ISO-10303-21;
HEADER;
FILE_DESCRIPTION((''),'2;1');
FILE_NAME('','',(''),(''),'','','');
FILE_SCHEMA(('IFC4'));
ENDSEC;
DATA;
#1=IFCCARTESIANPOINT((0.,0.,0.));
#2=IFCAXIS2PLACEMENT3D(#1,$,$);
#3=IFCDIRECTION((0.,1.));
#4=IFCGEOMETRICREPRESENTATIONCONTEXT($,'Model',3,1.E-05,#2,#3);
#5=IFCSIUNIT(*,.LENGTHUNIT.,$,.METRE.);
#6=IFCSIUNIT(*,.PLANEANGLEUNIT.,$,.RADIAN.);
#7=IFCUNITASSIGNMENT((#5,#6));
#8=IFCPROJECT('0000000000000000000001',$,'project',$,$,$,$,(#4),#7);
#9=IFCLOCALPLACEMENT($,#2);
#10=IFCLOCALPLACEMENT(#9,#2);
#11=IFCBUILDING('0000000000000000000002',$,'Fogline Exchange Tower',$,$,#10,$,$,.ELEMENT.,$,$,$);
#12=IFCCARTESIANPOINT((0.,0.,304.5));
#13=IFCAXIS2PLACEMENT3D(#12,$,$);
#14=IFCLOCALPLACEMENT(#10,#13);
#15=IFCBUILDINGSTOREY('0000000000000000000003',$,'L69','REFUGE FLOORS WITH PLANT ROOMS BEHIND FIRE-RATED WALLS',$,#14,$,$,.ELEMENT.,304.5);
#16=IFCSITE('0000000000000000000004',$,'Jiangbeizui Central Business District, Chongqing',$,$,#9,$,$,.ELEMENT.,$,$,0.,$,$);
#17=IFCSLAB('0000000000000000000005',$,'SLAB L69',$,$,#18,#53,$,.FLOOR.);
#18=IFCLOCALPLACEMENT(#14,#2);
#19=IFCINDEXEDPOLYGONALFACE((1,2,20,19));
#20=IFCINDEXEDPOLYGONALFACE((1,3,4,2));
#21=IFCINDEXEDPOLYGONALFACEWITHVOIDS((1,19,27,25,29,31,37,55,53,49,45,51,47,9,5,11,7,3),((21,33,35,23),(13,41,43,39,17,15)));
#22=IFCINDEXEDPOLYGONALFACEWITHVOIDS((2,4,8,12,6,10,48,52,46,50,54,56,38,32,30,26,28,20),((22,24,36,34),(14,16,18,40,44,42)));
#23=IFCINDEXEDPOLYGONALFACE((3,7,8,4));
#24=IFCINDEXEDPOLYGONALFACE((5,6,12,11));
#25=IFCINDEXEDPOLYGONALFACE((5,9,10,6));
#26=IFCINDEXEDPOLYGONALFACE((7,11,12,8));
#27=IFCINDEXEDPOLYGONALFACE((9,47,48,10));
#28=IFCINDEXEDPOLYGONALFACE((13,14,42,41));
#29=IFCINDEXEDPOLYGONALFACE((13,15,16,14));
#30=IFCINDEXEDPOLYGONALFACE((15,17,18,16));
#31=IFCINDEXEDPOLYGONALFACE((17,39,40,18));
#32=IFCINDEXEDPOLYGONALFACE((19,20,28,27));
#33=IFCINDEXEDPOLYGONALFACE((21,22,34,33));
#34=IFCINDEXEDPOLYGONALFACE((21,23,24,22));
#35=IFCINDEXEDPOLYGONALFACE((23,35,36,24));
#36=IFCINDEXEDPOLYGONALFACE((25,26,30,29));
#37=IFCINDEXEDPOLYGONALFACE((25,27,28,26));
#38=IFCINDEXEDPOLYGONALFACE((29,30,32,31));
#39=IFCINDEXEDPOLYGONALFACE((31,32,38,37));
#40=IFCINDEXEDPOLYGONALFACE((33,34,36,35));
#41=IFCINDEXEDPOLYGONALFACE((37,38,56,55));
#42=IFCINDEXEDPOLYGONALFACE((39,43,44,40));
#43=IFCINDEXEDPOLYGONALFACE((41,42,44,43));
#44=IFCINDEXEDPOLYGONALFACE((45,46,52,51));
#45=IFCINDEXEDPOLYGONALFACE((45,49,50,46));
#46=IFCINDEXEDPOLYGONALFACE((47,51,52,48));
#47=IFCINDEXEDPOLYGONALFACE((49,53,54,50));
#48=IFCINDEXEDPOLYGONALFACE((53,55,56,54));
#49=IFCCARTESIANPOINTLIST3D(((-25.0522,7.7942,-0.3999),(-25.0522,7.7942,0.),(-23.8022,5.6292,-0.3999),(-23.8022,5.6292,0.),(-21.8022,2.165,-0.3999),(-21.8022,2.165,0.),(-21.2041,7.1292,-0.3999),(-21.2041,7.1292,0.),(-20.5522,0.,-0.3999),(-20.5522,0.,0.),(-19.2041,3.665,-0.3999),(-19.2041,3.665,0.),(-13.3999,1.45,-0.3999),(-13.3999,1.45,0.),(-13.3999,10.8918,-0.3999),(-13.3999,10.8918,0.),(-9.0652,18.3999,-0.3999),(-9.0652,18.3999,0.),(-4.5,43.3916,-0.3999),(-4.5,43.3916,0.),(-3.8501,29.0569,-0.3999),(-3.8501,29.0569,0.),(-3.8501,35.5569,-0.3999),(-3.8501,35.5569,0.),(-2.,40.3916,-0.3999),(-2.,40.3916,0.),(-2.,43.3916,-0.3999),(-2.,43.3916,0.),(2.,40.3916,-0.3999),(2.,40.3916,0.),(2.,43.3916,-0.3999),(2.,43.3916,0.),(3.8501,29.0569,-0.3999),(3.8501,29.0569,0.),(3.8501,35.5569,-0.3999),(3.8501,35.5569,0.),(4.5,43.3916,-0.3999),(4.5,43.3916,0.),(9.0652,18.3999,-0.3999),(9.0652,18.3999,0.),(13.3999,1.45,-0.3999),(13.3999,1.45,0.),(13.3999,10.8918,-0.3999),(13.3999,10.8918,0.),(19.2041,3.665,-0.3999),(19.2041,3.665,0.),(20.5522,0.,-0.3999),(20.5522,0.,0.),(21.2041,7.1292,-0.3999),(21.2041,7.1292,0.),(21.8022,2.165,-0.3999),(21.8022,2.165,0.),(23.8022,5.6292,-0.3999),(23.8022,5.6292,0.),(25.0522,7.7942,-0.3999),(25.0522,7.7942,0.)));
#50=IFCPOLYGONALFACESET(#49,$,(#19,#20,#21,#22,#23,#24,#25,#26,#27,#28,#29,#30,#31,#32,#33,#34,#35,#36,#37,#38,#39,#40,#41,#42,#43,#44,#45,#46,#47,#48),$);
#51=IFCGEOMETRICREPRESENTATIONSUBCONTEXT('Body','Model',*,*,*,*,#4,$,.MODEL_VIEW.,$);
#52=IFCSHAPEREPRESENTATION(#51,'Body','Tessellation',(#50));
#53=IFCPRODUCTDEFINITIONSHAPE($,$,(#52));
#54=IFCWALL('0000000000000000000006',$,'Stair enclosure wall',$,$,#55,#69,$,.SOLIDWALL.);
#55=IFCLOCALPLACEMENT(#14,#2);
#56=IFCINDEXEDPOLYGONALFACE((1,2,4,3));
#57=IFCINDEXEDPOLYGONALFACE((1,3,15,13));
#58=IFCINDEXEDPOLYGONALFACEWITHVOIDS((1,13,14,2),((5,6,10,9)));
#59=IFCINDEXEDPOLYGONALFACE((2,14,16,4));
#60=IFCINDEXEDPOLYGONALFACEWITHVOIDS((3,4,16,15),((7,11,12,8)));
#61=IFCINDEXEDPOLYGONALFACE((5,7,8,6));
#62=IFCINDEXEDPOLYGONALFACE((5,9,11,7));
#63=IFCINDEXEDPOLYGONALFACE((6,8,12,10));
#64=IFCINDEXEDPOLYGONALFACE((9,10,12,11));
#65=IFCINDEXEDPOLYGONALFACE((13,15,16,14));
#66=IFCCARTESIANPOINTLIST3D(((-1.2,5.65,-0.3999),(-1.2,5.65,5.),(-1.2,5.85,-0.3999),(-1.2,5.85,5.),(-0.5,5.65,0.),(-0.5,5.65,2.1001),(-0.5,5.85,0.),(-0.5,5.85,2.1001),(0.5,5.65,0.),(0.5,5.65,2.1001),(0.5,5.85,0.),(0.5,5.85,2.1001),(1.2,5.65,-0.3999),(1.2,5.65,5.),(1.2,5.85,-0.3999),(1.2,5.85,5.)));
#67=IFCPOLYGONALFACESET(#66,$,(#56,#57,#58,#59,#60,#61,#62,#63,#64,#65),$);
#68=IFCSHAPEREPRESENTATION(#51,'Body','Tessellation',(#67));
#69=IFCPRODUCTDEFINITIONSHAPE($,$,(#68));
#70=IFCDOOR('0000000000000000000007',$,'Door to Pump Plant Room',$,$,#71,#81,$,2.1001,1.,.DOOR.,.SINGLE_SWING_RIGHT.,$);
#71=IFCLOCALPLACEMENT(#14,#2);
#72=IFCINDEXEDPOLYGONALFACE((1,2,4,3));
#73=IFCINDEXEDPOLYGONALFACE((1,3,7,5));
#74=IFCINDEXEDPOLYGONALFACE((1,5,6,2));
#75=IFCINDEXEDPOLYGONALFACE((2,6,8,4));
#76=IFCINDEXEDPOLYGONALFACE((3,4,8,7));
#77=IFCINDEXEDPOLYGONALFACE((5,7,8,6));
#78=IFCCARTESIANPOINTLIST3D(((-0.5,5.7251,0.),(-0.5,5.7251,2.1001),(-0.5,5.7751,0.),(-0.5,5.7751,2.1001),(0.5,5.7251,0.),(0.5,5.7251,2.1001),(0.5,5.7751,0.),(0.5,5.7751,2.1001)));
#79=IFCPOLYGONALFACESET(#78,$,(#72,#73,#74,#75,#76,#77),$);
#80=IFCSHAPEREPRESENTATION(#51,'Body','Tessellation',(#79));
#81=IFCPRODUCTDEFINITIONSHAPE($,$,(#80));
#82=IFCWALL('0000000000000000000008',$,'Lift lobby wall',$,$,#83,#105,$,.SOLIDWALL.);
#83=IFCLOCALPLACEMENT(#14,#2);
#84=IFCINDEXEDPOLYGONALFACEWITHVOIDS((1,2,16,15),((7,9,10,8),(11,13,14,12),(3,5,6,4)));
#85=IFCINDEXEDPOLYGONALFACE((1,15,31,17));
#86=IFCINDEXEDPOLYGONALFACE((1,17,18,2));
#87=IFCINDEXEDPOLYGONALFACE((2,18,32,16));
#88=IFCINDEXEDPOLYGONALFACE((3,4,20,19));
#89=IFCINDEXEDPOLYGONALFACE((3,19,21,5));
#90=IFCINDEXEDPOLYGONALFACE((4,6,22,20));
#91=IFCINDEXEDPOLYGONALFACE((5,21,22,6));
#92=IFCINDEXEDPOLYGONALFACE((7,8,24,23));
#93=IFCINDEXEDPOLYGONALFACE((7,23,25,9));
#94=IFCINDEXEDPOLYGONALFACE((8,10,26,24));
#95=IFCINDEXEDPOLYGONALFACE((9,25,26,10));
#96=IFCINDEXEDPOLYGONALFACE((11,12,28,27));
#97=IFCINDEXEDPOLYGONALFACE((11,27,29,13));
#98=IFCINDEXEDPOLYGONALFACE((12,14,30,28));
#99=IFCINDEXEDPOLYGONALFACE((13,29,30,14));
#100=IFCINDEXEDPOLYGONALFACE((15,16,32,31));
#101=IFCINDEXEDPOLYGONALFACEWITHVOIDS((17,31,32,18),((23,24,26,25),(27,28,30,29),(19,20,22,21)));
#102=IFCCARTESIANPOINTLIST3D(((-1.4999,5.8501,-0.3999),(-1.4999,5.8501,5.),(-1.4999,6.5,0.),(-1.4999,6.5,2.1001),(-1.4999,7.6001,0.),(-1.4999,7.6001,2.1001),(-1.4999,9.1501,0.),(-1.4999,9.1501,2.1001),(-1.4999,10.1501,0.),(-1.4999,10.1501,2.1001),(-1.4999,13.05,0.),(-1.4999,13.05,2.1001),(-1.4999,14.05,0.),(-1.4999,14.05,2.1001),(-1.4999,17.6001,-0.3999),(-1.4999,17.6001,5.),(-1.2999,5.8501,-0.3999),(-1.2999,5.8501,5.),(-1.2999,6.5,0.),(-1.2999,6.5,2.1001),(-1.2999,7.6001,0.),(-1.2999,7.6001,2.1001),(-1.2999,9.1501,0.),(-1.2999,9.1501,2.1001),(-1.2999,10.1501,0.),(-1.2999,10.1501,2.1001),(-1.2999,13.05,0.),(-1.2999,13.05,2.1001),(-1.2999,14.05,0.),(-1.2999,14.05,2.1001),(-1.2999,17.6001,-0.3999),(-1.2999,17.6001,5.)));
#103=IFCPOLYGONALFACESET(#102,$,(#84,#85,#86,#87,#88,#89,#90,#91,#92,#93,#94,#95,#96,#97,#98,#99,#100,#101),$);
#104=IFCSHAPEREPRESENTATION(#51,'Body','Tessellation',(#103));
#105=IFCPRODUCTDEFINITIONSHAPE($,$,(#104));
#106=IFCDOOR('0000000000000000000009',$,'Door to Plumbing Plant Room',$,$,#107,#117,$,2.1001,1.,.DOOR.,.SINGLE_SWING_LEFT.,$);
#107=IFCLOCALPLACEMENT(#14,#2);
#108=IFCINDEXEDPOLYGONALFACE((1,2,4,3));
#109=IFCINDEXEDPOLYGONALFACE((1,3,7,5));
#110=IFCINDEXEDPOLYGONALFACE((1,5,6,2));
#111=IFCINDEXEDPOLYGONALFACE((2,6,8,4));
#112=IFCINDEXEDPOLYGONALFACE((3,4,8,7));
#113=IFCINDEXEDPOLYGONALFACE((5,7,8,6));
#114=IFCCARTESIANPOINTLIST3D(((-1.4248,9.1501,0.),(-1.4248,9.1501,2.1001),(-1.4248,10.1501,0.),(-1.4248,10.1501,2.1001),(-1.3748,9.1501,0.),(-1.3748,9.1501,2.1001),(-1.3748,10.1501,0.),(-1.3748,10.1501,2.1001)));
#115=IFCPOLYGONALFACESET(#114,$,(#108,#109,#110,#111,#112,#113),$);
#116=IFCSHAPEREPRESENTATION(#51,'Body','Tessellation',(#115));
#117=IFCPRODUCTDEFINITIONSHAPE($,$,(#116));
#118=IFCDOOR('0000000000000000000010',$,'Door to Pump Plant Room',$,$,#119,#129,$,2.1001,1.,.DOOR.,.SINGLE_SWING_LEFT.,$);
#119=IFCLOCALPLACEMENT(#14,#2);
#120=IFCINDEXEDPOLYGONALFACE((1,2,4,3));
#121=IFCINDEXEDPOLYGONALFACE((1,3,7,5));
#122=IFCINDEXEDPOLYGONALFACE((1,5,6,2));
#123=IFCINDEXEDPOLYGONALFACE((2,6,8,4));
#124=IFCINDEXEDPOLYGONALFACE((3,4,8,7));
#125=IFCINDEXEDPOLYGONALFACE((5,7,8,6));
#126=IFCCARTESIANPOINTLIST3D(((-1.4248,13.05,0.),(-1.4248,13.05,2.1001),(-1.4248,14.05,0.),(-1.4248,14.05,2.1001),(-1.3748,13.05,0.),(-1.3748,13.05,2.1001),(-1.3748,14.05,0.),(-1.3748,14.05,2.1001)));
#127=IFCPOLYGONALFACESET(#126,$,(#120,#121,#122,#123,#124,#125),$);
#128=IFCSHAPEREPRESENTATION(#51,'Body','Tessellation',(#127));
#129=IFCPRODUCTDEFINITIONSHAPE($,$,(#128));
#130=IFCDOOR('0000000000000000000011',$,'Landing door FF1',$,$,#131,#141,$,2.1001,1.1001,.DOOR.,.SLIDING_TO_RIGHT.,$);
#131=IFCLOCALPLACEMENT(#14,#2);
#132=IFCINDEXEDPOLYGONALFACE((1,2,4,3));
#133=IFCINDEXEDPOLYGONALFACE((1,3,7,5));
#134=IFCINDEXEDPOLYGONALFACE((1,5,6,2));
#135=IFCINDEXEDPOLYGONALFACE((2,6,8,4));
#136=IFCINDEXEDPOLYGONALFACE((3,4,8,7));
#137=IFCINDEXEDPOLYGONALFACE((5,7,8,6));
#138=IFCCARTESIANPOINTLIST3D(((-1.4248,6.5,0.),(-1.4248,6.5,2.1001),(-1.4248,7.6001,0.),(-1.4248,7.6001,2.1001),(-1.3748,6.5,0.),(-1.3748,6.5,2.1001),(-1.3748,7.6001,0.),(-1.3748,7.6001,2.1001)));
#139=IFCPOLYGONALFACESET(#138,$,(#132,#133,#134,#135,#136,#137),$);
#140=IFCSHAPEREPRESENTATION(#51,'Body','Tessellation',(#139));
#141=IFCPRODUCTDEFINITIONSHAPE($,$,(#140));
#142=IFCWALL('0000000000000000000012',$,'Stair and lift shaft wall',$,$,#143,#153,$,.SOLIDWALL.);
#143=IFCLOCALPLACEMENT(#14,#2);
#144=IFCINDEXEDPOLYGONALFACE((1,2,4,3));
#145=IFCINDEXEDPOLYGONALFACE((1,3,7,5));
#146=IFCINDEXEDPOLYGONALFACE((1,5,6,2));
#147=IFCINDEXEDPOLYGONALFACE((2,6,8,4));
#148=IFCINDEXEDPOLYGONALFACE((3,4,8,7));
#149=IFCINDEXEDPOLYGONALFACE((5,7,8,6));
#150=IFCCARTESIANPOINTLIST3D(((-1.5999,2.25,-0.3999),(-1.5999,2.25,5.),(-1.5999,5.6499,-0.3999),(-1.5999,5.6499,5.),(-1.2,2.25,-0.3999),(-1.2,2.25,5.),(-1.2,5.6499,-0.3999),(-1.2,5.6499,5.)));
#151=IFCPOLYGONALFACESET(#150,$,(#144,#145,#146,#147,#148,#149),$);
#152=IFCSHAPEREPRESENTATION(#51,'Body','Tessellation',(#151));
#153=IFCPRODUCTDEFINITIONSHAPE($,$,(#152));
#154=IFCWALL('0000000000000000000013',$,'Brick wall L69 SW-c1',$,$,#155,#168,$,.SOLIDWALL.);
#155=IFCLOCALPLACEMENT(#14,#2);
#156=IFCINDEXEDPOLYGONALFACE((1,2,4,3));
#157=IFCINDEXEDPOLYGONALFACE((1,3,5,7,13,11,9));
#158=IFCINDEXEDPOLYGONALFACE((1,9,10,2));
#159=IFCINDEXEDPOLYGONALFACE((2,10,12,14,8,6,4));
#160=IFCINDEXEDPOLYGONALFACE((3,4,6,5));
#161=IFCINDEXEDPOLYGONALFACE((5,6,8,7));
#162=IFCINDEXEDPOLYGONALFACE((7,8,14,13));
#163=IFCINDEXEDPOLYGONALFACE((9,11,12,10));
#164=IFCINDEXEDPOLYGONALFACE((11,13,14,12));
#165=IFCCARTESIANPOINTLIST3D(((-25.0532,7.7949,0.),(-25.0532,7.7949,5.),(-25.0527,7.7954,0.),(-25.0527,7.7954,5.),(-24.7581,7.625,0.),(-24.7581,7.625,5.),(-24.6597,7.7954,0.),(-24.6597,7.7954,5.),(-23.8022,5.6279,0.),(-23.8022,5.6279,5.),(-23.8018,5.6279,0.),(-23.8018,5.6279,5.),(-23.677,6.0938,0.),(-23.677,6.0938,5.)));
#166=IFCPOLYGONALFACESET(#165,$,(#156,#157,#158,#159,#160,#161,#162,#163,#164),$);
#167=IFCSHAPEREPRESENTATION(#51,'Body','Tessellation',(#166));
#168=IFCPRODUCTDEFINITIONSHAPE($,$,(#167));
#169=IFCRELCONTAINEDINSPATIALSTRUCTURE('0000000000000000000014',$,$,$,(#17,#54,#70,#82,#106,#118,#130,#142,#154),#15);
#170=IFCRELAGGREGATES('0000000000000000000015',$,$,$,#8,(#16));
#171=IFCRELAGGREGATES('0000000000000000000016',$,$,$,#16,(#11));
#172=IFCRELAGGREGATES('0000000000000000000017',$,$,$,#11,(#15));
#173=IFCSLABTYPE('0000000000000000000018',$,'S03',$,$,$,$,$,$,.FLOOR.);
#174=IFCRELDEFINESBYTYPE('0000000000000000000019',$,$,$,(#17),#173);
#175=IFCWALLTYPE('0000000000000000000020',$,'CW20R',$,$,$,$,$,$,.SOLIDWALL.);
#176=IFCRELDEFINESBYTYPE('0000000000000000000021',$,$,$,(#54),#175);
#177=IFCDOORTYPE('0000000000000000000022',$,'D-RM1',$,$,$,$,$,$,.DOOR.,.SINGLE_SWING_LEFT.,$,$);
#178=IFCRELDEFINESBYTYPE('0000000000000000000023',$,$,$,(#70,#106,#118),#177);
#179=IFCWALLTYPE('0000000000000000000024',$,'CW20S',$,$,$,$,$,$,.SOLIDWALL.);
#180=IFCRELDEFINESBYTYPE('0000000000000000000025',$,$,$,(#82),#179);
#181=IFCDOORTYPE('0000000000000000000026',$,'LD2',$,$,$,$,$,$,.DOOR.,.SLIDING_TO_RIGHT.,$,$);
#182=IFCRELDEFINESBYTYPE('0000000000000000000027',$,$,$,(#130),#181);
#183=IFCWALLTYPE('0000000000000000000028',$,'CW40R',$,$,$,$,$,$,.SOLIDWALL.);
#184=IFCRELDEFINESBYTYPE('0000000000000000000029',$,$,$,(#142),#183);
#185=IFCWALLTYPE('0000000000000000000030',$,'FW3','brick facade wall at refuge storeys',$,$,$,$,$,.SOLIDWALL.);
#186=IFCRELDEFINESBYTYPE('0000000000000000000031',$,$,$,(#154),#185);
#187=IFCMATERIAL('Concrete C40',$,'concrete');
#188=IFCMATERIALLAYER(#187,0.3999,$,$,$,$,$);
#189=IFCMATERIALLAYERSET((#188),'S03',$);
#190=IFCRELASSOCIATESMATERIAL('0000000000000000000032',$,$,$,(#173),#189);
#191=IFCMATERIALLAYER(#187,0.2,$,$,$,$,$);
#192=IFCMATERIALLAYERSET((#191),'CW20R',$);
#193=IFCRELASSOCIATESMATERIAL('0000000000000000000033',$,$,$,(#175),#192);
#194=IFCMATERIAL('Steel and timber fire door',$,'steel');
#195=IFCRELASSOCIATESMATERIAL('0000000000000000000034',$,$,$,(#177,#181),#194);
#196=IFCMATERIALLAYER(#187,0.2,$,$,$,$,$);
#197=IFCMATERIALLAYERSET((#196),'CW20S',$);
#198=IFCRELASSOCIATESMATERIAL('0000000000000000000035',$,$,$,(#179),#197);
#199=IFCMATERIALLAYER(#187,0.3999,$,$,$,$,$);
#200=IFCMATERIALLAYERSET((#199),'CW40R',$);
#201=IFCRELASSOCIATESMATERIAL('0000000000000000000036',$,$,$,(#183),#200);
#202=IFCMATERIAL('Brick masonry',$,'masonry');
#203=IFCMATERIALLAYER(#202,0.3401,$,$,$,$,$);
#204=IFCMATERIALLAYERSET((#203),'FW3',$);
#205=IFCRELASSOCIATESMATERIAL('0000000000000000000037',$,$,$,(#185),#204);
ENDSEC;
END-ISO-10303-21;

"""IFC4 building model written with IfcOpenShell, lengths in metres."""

from ifc_helpers import new_model, si_unit, direction, frame, frame_2d, origin, place, context, subcontext, project, spatial, polyline, rectangle, outline, extrude, material, layer, layer_set, type_object, element, fill, save


model = new_model("IFC4")

# Units and contexts
model_context = context("Model", 3, precision=1e-05, world=origin(), true_north=direction((0.0, 1.0)))
body_context = subcontext(model_context, "Body", "Model", "MODEL_VIEW")
ifc_project = project(units=[si_unit("LENGTHUNIT", "METRE"), si_unit("PLANEANGLEUNIT", "RADIAN")], contexts=[model_context])

# Site, building, storey
site_placement = place(None, origin())
site = spatial("IfcSite", under=ifc_project, at=site_placement, Name="Jiangbeizui Central Business District, Chongqing", CompositionType="ELEMENT", RefElevation=0.0)
building_placement = place(site_placement, origin())
building = spatial("IfcBuilding", under=site, at=building_placement, Name="Fogline Exchange Tower", CompositionType="ELEMENT")
storey_placement = place(building_placement, frame((0.0, 0.0, 304.5)))
storey = spatial("IfcBuildingStorey", under=building, at=storey_placement, Name="L69", Description="REFUGE FLOORS WITH PLANT ROOMS BEHIND FIRE-RATED WALLS", CompositionType="ELEMENT", Elevation=304.5)

# Slab
ifc_material_1 = material(Name="Concrete C40", Category="concrete")
ifc_layer_1 = layer(ifc_material_1, 0.3999)
ifc_layer_set_1 = layer_set([ifc_layer_1], Name="S03")
slab_type = type_object("IfcSlabType", Name="S03", PredefinedType="FLOOR", material=ifc_layer_set_1)
slab_placement = place(storey_placement, frame((0.0, 0.0, -0.3999)))
element("IfcSlab", 1, at=slab_placement, inside=storey, type_object=slab_type, Name="SLAB L69", PredefinedType="FLOOR", context=body_context, shape_type="SweptSolid", body=[
    extrude(outline(polyline([(-2.0, 43.3916), (-4.5, 43.3916), (-25.0522, 7.7942), (-23.8022, 5.6292), (-21.2041, 7.1292), (-19.2041, 3.665), (-21.8022, 2.165), (-20.5522, 0.0), (20.5522, 0.0), (21.8022, 2.165), (19.2041, 3.665), (21.2041, 7.1292), (23.8022, 5.6292), (25.0522, 7.7942), (4.5, 43.3916), (2.0, 43.3916), (2.0, 40.3916), (-2.0, 40.3916), (-2.0, 43.3916)]), holes=[polyline([(13.3999, 10.8918), (13.3999, 1.45), (-13.3999, 1.45), (-13.3999, 10.8918), (-9.0652, 18.3999), (9.0652, 18.3999), (13.3999, 10.8918)]), polyline([(3.8501, 35.5569), (3.8501, 29.0569), (-3.8501, 29.0569), (-3.8501, 35.5569), (3.8501, 35.5569)])]), origin(), (0.0, 0.0, 1.0), 0.3999),
])

# Wall, opening, door
ifc_layer_2 = layer(ifc_material_1, 0.2)
ifc_layer_set_2 = layer_set([ifc_layer_2], Name="CW20R")
wall_type_1 = type_object("IfcWallType", Name="CW20R", PredefinedType="SOLIDWALL", material=ifc_layer_set_2)
wall_1_placement = place(storey_placement, frame((-1.2, 5.75, -0.3999), z_axis=(0.0, 0.0, 1.0), x_axis=(1.0, 0.0, 0.0)))
wall_1 = element("IfcWall", 2, at=wall_1_placement, inside=storey, type_object=wall_type_1, Name="Stair enclosure wall", PredefinedType="SOLIDWALL", context=body_context, shape_type="SweptSolid", body=[
    extrude(rectangle(XDim=2.3999, YDim=0.2, at=frame_2d((1.2, 0.0))), origin(), (0.0, 0.0, 1.0), 5.3999),
])
opening_1_placement = place(wall_1_placement, frame((0.7, 0.0, 0.3999)))
opening_1 = element("IfcOpeningElement", 3, at=opening_1_placement, cuts=wall_1, PredefinedType="OPENING", context=body_context, shape_type="SweptSolid", body=[
    extrude(rectangle(XDim=1.0, YDim=2.1001, at=frame_2d((0.5, 1.05))), frame((0.0, 0.1099, 0.0), z_axis=(0.0, -1.0, 0.0), x_axis=(1.0, 0.0, 0.0)), (0.0, 0.0, 1.0), 0.22),
])
ifc_material_2 = material(Name="Steel and timber fire door", Category="steel")
door_type_1 = type_object("IfcDoorType", Name="D-RM1", OperationType="SINGLE_SWING_LEFT", PredefinedType="DOOR", material=ifc_material_2)
door_1_placement = place(opening_1_placement, frame((1.0, 0.0, 0.0), z_axis=(0.0, 0.0, 1.0), x_axis=(-1.0, 0.0, 0.0)))
door_1 = element("IfcDoor", 4, at=door_1_placement, inside=storey, type_object=door_type_1, Name="Door to Pump Plant Room", OperationType="SINGLE_SWING_RIGHT", OverallHeight=2.1001, OverallWidth=1.0, PredefinedType="DOOR", context=body_context, shape_type="SweptSolid", body=[
    extrude(rectangle(XDim=1.0, YDim=2.1001, at=frame_2d((0.5, 1.05))), frame((0.0, 0.0249, 0.0), z_axis=(0.0, -1.0, 0.0), x_axis=(1.0, 0.0, 0.0)), (0.0, 0.0, 1.0), 0.05),
])
fill(opening_1, door_1)

# Wall, openings, doors
ifc_layer_3 = layer(ifc_material_1, 0.2)
ifc_layer_set_3 = layer_set([ifc_layer_3], Name="CW20S")
wall_type_2 = type_object("IfcWallType", Name="CW20S", PredefinedType="SOLIDWALL", material=ifc_layer_set_3)
wall_2_placement = place(storey_placement, frame((-1.3999, 5.8501, -0.3999), z_axis=(0.0, 0.0, 1.0), x_axis=(0.0, 1.0, 0.0)))
wall_2 = element("IfcWall", 5, at=wall_2_placement, inside=storey, type_object=wall_type_2, Name="Lift lobby wall", PredefinedType="SOLIDWALL", context=body_context, shape_type="SweptSolid", body=[
    extrude(rectangle(XDim=11.75, YDim=0.2, at=frame_2d((5.875, 0.0))), origin(), (0.0, 0.0, 1.0), 5.3999),
])
opening_2_placement = place(wall_2_placement, frame((0.6499, 0.0, 0.3999)))
opening_2 = element("IfcOpeningElement", 6, at=opening_2_placement, cuts=wall_2, PredefinedType="OPENING", context=body_context, shape_type="SweptSolid", body=[
    extrude(rectangle(XDim=1.1001, YDim=2.1001, at=frame_2d((0.55, 1.05))), frame((0.0, 0.1099, 0.0), z_axis=(0.0, -1.0, 0.0), x_axis=(1.0, 0.0, 0.0)), (0.0, 0.0, 1.0), 0.22),
])
opening_3_placement = place(wall_2_placement, frame((3.3, 0.0, 0.3999)))
opening_3 = element("IfcOpeningElement", 7, at=opening_3_placement, cuts=wall_2, PredefinedType="OPENING", context=body_context, shape_type="SweptSolid", body=[
    extrude(rectangle(XDim=1.0, YDim=2.1001, at=frame_2d((0.5, 1.05))), frame((0.0, 0.1099, 0.0), z_axis=(0.0, -1.0, 0.0), x_axis=(1.0, 0.0, 0.0)), (0.0, 0.0, 1.0), 0.22),
])
opening_4_placement = place(wall_2_placement, frame((7.2, 0.0, 0.3999)))
opening_4 = element("IfcOpeningElement", 8, at=opening_4_placement, cuts=wall_2, PredefinedType="OPENING", context=body_context, shape_type="SweptSolid", body=[
    extrude(rectangle(XDim=1.0, YDim=2.1001, at=frame_2d((0.5, 1.05))), frame((0.0, 0.1099, 0.0), z_axis=(0.0, -1.0, 0.0), x_axis=(1.0, 0.0, 0.0)), (0.0, 0.0, 1.0), 0.22),
])
door_2_placement = place(opening_3_placement, origin())
door_2 = element("IfcDoor", 9, at=door_2_placement, inside=storey, type_object=door_type_1, Name="Door to Plumbing Plant Room", OperationType="SINGLE_SWING_LEFT", OverallHeight=2.1001, OverallWidth=1.0, PredefinedType="DOOR", context=body_context, shape_type="SweptSolid", body=[
    extrude(rectangle(XDim=1.0, YDim=2.1001, at=frame_2d((0.5, 1.05))), frame((0.0, 0.0249, 0.0), z_axis=(0.0, -1.0, 0.0), x_axis=(1.0, 0.0, 0.0)), (0.0, 0.0, 1.0), 0.05),
])
fill(opening_3, door_2)
door_3_placement = place(opening_4_placement, origin())
door_3 = element("IfcDoor", 10, at=door_3_placement, inside=storey, type_object=door_type_1, Name="Door to Pump Plant Room", OperationType="SINGLE_SWING_LEFT", OverallHeight=2.1001, OverallWidth=1.0, PredefinedType="DOOR", context=body_context, shape_type="SweptSolid", body=[
    extrude(rectangle(XDim=1.0, YDim=2.1001, at=frame_2d((0.5, 1.05))), frame((0.0, 0.0249, 0.0), z_axis=(0.0, -1.0, 0.0), x_axis=(1.0, 0.0, 0.0)), (0.0, 0.0, 1.0), 0.05),
])
fill(opening_4, door_3)
door_type_2 = type_object("IfcDoorType", Name="LD2", OperationType="SLIDING_TO_RIGHT", PredefinedType="DOOR", material=ifc_material_2)
door_4_placement = place(opening_2_placement, origin())
door_4 = element("IfcDoor", 11, at=door_4_placement, inside=storey, type_object=door_type_2, Name="Landing door FF1", OperationType="SLIDING_TO_RIGHT", OverallHeight=2.1001, OverallWidth=1.1001, PredefinedType="DOOR", context=body_context, shape_type="SweptSolid", body=[
    extrude(rectangle(XDim=1.1001, YDim=2.1001, at=frame_2d((0.55, 1.05))), frame((0.0, 0.0249, 0.0), z_axis=(0.0, -1.0, 0.0), x_axis=(1.0, 0.0, 0.0)), (0.0, 0.0, 1.0), 0.05),
])
fill(opening_2, door_4)

# Walls
ifc_layer_4 = layer(ifc_material_1, 0.3999)
ifc_layer_set_4 = layer_set([ifc_layer_4], Name="CW40R")
wall_type_3 = type_object("IfcWallType", Name="CW40R", PredefinedType="SOLIDWALL", material=ifc_layer_set_4)
wall_3_placement = place(storey_placement, frame((-1.3999, 2.25, -0.3999), z_axis=(0.0, 0.0, 1.0), x_axis=(0.0, 1.0, 0.0)))
element("IfcWall", 12, at=wall_3_placement, inside=storey, type_object=wall_type_3, Name="Stair and lift shaft wall", PredefinedType="SOLIDWALL", context=body_context, shape_type="SweptSolid", body=[
    extrude(rectangle(XDim=3.3999, YDim=0.3999, at=frame_2d((1.7, 0.0))), origin(), (0.0, 0.0, 1.0), 5.3999),
])
ifc_material_3 = material(Name="Brick masonry", Category="masonry")
ifc_layer_5 = layer(ifc_material_3, 0.3401)
ifc_layer_set_5 = layer_set([ifc_layer_5], Name="FW3")
wall_type_4 = type_object("IfcWallType", Name="FW3", Description="brick facade wall at refuge storeys", PredefinedType="SOLIDWALL", material=ifc_layer_set_5)
wall_4_placement = place(storey_placement, origin())
element("IfcWall", 13, at=wall_4_placement, inside=storey, type_object=wall_type_4, Name="Brick wall L69 SW-c1", PredefinedType="SOLIDWALL", context=body_context, shape_type="SweptSolid", body=[
    extrude(outline(polyline([(-23.8022, 5.6279), (-25.0532, 7.7949), (-25.0527, 7.7954), (-24.7581, 7.625), (-24.6597, 7.7954), (-23.677, 6.0938), (-23.8018, 5.6279), (-23.8022, 5.6279)])), origin(), (0.0, 0.0, 1.0), 5.0),
])

save(model, "model.ifc")
